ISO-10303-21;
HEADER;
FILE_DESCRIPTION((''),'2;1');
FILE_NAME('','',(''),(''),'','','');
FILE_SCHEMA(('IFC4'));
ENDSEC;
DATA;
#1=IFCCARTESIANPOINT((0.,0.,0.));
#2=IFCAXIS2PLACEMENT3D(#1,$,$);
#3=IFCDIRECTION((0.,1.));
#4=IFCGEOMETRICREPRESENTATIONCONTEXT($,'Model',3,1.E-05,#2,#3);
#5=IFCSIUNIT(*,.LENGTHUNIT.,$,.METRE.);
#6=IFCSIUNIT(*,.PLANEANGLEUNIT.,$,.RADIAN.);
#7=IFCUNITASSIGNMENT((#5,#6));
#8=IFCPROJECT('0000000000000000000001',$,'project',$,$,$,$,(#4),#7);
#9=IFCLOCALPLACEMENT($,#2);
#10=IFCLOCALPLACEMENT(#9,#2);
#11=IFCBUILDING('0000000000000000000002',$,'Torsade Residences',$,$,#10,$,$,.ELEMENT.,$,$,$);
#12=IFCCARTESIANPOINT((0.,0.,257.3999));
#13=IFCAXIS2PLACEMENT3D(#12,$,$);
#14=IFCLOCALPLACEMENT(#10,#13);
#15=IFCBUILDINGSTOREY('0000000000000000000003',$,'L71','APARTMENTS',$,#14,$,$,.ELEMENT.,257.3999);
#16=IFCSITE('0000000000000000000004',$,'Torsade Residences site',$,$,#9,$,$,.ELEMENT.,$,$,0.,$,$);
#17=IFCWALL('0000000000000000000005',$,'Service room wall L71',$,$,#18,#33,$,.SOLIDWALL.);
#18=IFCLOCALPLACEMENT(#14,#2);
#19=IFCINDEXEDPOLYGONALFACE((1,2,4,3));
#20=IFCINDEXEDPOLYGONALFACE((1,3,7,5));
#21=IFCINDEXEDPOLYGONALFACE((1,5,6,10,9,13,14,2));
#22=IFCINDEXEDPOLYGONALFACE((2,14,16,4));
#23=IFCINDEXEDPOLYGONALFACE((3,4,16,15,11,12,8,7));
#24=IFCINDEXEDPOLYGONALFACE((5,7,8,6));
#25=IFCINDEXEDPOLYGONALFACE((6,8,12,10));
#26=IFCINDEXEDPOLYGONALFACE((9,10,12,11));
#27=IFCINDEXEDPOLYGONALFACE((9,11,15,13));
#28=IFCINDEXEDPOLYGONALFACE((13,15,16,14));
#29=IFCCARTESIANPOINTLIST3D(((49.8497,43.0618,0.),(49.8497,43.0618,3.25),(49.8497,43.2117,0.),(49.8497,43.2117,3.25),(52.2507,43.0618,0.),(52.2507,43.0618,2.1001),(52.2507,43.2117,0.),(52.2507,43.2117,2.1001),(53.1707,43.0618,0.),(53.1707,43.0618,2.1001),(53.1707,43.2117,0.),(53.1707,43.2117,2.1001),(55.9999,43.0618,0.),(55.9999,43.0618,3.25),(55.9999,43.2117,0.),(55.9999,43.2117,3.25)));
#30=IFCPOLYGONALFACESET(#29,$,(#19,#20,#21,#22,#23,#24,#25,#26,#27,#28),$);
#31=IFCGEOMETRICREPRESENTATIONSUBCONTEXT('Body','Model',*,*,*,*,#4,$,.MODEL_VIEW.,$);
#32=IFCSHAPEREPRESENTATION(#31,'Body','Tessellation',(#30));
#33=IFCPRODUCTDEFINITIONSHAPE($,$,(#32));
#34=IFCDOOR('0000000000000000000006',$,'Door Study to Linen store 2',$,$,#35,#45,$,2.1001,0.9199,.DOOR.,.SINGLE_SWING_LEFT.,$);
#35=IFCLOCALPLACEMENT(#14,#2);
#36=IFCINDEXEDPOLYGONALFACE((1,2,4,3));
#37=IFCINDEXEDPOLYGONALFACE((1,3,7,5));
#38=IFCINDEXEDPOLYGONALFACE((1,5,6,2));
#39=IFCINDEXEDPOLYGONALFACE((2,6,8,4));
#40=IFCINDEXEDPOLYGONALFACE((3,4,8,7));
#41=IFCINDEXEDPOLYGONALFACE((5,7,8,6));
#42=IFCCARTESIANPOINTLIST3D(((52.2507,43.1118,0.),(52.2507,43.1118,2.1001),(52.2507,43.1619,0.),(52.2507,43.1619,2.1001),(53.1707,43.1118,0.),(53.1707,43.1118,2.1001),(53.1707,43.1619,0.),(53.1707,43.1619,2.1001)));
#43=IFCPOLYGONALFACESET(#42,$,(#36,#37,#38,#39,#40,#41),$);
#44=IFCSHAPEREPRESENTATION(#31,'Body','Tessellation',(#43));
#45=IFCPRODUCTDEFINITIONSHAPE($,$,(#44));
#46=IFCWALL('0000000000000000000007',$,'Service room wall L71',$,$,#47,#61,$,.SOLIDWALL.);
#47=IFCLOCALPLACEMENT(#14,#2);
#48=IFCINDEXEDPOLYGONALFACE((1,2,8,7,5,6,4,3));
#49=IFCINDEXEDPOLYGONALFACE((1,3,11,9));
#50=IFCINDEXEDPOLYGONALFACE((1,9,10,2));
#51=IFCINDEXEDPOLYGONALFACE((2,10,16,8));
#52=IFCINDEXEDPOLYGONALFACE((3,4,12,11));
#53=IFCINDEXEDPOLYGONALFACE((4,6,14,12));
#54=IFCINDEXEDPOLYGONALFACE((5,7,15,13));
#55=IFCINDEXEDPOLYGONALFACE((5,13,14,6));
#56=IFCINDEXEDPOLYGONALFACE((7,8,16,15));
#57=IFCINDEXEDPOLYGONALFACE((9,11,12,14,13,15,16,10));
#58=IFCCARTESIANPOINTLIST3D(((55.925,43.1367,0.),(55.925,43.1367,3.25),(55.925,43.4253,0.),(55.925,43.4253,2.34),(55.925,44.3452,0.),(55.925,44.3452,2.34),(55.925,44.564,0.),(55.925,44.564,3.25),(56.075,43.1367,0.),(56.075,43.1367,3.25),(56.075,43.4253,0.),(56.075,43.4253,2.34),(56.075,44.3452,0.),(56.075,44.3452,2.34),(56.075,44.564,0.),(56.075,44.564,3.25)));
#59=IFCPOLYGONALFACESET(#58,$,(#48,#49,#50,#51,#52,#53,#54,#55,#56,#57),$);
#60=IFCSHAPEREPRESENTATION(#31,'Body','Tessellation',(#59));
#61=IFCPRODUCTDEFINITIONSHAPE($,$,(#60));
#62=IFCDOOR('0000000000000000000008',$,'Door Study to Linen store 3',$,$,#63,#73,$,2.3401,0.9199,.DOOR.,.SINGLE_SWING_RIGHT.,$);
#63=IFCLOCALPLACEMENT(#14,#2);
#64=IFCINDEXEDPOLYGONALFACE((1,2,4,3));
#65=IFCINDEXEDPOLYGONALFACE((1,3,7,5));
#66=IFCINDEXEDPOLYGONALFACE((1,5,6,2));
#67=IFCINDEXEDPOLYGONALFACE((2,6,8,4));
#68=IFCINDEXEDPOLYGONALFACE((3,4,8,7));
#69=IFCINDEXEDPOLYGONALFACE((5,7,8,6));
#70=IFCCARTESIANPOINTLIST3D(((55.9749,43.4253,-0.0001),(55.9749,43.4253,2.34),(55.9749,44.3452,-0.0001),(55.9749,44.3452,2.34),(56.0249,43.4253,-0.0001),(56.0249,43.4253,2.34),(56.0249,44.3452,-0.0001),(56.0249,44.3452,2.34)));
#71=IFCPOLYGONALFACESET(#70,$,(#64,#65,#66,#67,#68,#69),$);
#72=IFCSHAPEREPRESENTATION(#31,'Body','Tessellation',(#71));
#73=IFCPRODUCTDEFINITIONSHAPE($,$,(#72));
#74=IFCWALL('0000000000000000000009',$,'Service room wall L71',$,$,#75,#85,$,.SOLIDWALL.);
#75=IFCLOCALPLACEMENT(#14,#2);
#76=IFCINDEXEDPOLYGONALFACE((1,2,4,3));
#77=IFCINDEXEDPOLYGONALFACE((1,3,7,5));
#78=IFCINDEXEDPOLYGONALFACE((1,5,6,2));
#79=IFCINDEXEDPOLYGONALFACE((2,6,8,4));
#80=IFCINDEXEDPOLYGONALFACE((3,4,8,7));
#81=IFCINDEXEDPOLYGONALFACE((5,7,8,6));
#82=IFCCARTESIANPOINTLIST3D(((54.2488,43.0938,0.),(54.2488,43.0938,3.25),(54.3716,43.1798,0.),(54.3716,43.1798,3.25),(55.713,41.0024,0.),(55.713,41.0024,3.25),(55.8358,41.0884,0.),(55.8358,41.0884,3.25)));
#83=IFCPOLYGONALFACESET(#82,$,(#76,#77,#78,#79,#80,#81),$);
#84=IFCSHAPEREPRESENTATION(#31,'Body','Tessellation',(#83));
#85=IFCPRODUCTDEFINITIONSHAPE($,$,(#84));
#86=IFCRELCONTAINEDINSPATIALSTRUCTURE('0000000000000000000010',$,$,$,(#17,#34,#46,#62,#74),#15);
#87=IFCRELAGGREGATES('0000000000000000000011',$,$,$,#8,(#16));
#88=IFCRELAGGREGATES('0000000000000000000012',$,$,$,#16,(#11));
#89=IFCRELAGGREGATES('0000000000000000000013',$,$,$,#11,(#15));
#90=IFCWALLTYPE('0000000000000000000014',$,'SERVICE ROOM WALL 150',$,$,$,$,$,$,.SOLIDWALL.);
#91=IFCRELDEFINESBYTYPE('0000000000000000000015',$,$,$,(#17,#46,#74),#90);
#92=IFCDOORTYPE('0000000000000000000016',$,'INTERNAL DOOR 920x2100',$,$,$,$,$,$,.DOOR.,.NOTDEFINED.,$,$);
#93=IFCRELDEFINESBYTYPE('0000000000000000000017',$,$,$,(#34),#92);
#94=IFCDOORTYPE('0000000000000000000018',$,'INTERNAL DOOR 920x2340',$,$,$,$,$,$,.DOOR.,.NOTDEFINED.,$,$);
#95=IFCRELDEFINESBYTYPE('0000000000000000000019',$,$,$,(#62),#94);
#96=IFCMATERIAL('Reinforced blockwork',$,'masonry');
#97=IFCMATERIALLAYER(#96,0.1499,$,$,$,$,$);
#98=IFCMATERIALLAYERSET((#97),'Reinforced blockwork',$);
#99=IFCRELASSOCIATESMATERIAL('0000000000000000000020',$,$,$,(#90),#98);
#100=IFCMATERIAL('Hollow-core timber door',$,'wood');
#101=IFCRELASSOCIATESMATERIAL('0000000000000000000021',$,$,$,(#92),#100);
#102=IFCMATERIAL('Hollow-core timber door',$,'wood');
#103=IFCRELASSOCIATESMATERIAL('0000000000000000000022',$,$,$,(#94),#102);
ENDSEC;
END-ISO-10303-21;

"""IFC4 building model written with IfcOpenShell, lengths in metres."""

from ifc_helpers import new_model, si_unit, direction, frame, frame_2d, origin, place, context, subcontext, project, spatial, rectangle, extrude, material, layer, layer_set, type_object, element, fill, save


model = new_model("IFC4")

# Units and contexts
model_context = context("Model", 3, precision=1e-05, world=origin(), true_north=direction((0.0, 1.0)))
body_context = subcontext(model_context, "Body", "Model", "MODEL_VIEW")
ifc_project = project(units=[si_unit("LENGTHUNIT", "METRE"), si_unit("PLANEANGLEUNIT", "RADIAN")], contexts=[model_context])

# Site, building, storey
site_placement = place(None, origin())
site = spatial("IfcSite", under=ifc_project, at=site_placement, Name="Torsade Residences site", CompositionType="ELEMENT", RefElevation=0.0)
building_placement = place(site_placement, origin())
building = spatial("IfcBuilding", under=site, at=building_placement, Name="Torsade Residences", CompositionType="ELEMENT")
storey_placement = place(building_placement, frame((0.0, 0.0, 257.3999)))
storey = spatial("IfcBuildingStorey", under=building, at=storey_placement, Name="L71", Description="APARTMENTS", CompositionType="ELEMENT", Elevation=257.3999)

# Walls, openings, doors
ifc_material_1 = material(Name="Reinforced blockwork", Category="masonry")
ifc_layer_1 = layer(ifc_material_1, 0.1499)
ifc_layer_set_1 = layer_set([ifc_layer_1], Name="Reinforced blockwork")
wall_type_1 = type_object("IfcWallType", Name="SERVICE ROOM WALL 150", PredefinedType="SOLIDWALL", material=ifc_layer_set_1)
wall_1_placement = place(storey_placement, frame((56.0, 43.1367, 0.0), z_axis=(0.0, 0.0, 1.0), x_axis=(-1.0, 0.0, 0.0)))
wall_1 = element("IfcWall", 1, at=wall_1_placement, inside=storey, type_object=wall_type_1, Name="Service room wall L71", PredefinedType="SOLIDWALL", context=body_context, shape_type="SweptSolid", body=[
    extrude(rectangle(XDim=6.1501, YDim=0.1499, at=frame_2d((3.0752, 0.0))), origin(), (0.0, 0.0, 1.0), 3.25),
])
opening_1_placement = place(wall_1_placement, frame((2.8293, 0.0, 0.0)))
opening_1 = element("IfcOpeningElement", 2, at=opening_1_placement, cuts=wall_1, PredefinedType="OPENING", context=body_context, shape_type="SweptSolid", body=[
    extrude(rectangle(XDim=0.9199, YDim=2.1001, at=frame_2d((0.46, 1.05))), frame((0.0, 0.085, 0.0), z_axis=(0.0, -1.0, 0.0), x_axis=(1.0, 0.0, 0.0)), (0.0, 0.0, 1.0), 0.1699),
])
ifc_material_2 = material(Name="Hollow-core timber door", Category="wood")
door_type_1 = type_object("IfcDoorType", Name="INTERNAL DOOR 920x2100", OperationType="NOTDEFINED", PredefinedType="DOOR", material=ifc_material_2)
door_1_placement = place(opening_1_placement, origin())
door_1 = element("IfcDoor", 3, at=door_1_placement, inside=storey, type_object=door_type_1, Name="Door Study to Linen store 2", OperationType="SINGLE_SWING_LEFT", OverallHeight=2.1001, OverallWidth=0.9199, PredefinedType="DOOR", context=body_context, shape_type="SweptSolid", body=[
    extrude(rectangle(XDim=0.9199, YDim=2.1001, at=frame_2d((0.46, 1.05))), frame((0.0, 0.0249, 0.0), z_axis=(0.0, -1.0, 0.0), x_axis=(1.0, 0.0, 0.0)), (0.0, 0.0, 1.0), 0.05),
])
fill(opening_1, door_1)
wall_2_placement = place(storey_placement, frame((56.0, 44.564, 0.0), z_axis=(0.0, 0.0, 1.0), x_axis=(0.0, -1.0, 0.0)))
wall_2 = element("IfcWall", 4, at=wall_2_placement, inside=storey, type_object=wall_type_1, Name="Service room wall L71", PredefinedType="SOLIDWALL", context=body_context, shape_type="SweptSolid", body=[
    extrude(rectangle(XDim=1.4272, YDim=0.1499, at=frame_2d((0.7136, 0.0))), origin(), (0.0, 0.0, 1.0), 3.25),
])
opening_2_placement = place(wall_2_placement, frame((0.2188, 0.0, 0.0)))
opening_2 = element("IfcOpeningElement", 5, at=opening_2_placement, cuts=wall_2, PredefinedType="OPENING", context=body_context, shape_type="SweptSolid", body=[
    extrude(rectangle(XDim=0.9199, YDim=2.3401, at=frame_2d((0.46, 1.1699))), frame((0.0, 0.085, 0.0), z_axis=(0.0, -1.0, 0.0), x_axis=(1.0, 0.0, 0.0)), (0.0, 0.0, 1.0), 0.1699),
])
ifc_material_3 = material(Name="Hollow-core timber door", Category="wood")
door_type_2 = type_object("IfcDoorType", Name="INTERNAL DOOR 920x2340", OperationType="NOTDEFINED", PredefinedType="DOOR", material=ifc_material_3)
door_2_placement = place(opening_2_placement, origin())
door_2 = element("IfcDoor", 6, at=door_2_placement, inside=storey, type_object=door_type_2, Name="Door Study to Linen store 3", OperationType="SINGLE_SWING_RIGHT", OverallHeight=2.3401, OverallWidth=0.9199, PredefinedType="DOOR", context=body_context, shape_type="SweptSolid", body=[
    extrude(rectangle(XDim=0.9199, YDim=2.3401, at=frame_2d((0.46, 1.1699))), frame((0.0, 0.0249, 0.0), z_axis=(0.0, -1.0, 0.0), x_axis=(1.0, 0.0, 0.0)), (0.0, 0.0, 1.0), 0.05),
])
fill(opening_2, door_2)

# Wall
wall_3_placement = place(storey_placement, frame((54.3103, 43.1367, 0.0), z_axis=(0.0, 0.0, 1.0), x_axis=(0.573514, -0.819196, 0.0)))
element("IfcWall", 7, at=wall_3_placement, inside=storey, type_object=wall_type_1, Name="Service room wall L71", PredefinedType="SOLIDWALL", context=body_context, shape_type="SweptSolid", body=[
    extrude(rectangle(XDim=2.553, YDim=0.1499, at=frame_2d((1.2764, 0.0))), origin(), (0.0, 0.0, 1.0), 3.25),
])

save(model, "model.ifc")
